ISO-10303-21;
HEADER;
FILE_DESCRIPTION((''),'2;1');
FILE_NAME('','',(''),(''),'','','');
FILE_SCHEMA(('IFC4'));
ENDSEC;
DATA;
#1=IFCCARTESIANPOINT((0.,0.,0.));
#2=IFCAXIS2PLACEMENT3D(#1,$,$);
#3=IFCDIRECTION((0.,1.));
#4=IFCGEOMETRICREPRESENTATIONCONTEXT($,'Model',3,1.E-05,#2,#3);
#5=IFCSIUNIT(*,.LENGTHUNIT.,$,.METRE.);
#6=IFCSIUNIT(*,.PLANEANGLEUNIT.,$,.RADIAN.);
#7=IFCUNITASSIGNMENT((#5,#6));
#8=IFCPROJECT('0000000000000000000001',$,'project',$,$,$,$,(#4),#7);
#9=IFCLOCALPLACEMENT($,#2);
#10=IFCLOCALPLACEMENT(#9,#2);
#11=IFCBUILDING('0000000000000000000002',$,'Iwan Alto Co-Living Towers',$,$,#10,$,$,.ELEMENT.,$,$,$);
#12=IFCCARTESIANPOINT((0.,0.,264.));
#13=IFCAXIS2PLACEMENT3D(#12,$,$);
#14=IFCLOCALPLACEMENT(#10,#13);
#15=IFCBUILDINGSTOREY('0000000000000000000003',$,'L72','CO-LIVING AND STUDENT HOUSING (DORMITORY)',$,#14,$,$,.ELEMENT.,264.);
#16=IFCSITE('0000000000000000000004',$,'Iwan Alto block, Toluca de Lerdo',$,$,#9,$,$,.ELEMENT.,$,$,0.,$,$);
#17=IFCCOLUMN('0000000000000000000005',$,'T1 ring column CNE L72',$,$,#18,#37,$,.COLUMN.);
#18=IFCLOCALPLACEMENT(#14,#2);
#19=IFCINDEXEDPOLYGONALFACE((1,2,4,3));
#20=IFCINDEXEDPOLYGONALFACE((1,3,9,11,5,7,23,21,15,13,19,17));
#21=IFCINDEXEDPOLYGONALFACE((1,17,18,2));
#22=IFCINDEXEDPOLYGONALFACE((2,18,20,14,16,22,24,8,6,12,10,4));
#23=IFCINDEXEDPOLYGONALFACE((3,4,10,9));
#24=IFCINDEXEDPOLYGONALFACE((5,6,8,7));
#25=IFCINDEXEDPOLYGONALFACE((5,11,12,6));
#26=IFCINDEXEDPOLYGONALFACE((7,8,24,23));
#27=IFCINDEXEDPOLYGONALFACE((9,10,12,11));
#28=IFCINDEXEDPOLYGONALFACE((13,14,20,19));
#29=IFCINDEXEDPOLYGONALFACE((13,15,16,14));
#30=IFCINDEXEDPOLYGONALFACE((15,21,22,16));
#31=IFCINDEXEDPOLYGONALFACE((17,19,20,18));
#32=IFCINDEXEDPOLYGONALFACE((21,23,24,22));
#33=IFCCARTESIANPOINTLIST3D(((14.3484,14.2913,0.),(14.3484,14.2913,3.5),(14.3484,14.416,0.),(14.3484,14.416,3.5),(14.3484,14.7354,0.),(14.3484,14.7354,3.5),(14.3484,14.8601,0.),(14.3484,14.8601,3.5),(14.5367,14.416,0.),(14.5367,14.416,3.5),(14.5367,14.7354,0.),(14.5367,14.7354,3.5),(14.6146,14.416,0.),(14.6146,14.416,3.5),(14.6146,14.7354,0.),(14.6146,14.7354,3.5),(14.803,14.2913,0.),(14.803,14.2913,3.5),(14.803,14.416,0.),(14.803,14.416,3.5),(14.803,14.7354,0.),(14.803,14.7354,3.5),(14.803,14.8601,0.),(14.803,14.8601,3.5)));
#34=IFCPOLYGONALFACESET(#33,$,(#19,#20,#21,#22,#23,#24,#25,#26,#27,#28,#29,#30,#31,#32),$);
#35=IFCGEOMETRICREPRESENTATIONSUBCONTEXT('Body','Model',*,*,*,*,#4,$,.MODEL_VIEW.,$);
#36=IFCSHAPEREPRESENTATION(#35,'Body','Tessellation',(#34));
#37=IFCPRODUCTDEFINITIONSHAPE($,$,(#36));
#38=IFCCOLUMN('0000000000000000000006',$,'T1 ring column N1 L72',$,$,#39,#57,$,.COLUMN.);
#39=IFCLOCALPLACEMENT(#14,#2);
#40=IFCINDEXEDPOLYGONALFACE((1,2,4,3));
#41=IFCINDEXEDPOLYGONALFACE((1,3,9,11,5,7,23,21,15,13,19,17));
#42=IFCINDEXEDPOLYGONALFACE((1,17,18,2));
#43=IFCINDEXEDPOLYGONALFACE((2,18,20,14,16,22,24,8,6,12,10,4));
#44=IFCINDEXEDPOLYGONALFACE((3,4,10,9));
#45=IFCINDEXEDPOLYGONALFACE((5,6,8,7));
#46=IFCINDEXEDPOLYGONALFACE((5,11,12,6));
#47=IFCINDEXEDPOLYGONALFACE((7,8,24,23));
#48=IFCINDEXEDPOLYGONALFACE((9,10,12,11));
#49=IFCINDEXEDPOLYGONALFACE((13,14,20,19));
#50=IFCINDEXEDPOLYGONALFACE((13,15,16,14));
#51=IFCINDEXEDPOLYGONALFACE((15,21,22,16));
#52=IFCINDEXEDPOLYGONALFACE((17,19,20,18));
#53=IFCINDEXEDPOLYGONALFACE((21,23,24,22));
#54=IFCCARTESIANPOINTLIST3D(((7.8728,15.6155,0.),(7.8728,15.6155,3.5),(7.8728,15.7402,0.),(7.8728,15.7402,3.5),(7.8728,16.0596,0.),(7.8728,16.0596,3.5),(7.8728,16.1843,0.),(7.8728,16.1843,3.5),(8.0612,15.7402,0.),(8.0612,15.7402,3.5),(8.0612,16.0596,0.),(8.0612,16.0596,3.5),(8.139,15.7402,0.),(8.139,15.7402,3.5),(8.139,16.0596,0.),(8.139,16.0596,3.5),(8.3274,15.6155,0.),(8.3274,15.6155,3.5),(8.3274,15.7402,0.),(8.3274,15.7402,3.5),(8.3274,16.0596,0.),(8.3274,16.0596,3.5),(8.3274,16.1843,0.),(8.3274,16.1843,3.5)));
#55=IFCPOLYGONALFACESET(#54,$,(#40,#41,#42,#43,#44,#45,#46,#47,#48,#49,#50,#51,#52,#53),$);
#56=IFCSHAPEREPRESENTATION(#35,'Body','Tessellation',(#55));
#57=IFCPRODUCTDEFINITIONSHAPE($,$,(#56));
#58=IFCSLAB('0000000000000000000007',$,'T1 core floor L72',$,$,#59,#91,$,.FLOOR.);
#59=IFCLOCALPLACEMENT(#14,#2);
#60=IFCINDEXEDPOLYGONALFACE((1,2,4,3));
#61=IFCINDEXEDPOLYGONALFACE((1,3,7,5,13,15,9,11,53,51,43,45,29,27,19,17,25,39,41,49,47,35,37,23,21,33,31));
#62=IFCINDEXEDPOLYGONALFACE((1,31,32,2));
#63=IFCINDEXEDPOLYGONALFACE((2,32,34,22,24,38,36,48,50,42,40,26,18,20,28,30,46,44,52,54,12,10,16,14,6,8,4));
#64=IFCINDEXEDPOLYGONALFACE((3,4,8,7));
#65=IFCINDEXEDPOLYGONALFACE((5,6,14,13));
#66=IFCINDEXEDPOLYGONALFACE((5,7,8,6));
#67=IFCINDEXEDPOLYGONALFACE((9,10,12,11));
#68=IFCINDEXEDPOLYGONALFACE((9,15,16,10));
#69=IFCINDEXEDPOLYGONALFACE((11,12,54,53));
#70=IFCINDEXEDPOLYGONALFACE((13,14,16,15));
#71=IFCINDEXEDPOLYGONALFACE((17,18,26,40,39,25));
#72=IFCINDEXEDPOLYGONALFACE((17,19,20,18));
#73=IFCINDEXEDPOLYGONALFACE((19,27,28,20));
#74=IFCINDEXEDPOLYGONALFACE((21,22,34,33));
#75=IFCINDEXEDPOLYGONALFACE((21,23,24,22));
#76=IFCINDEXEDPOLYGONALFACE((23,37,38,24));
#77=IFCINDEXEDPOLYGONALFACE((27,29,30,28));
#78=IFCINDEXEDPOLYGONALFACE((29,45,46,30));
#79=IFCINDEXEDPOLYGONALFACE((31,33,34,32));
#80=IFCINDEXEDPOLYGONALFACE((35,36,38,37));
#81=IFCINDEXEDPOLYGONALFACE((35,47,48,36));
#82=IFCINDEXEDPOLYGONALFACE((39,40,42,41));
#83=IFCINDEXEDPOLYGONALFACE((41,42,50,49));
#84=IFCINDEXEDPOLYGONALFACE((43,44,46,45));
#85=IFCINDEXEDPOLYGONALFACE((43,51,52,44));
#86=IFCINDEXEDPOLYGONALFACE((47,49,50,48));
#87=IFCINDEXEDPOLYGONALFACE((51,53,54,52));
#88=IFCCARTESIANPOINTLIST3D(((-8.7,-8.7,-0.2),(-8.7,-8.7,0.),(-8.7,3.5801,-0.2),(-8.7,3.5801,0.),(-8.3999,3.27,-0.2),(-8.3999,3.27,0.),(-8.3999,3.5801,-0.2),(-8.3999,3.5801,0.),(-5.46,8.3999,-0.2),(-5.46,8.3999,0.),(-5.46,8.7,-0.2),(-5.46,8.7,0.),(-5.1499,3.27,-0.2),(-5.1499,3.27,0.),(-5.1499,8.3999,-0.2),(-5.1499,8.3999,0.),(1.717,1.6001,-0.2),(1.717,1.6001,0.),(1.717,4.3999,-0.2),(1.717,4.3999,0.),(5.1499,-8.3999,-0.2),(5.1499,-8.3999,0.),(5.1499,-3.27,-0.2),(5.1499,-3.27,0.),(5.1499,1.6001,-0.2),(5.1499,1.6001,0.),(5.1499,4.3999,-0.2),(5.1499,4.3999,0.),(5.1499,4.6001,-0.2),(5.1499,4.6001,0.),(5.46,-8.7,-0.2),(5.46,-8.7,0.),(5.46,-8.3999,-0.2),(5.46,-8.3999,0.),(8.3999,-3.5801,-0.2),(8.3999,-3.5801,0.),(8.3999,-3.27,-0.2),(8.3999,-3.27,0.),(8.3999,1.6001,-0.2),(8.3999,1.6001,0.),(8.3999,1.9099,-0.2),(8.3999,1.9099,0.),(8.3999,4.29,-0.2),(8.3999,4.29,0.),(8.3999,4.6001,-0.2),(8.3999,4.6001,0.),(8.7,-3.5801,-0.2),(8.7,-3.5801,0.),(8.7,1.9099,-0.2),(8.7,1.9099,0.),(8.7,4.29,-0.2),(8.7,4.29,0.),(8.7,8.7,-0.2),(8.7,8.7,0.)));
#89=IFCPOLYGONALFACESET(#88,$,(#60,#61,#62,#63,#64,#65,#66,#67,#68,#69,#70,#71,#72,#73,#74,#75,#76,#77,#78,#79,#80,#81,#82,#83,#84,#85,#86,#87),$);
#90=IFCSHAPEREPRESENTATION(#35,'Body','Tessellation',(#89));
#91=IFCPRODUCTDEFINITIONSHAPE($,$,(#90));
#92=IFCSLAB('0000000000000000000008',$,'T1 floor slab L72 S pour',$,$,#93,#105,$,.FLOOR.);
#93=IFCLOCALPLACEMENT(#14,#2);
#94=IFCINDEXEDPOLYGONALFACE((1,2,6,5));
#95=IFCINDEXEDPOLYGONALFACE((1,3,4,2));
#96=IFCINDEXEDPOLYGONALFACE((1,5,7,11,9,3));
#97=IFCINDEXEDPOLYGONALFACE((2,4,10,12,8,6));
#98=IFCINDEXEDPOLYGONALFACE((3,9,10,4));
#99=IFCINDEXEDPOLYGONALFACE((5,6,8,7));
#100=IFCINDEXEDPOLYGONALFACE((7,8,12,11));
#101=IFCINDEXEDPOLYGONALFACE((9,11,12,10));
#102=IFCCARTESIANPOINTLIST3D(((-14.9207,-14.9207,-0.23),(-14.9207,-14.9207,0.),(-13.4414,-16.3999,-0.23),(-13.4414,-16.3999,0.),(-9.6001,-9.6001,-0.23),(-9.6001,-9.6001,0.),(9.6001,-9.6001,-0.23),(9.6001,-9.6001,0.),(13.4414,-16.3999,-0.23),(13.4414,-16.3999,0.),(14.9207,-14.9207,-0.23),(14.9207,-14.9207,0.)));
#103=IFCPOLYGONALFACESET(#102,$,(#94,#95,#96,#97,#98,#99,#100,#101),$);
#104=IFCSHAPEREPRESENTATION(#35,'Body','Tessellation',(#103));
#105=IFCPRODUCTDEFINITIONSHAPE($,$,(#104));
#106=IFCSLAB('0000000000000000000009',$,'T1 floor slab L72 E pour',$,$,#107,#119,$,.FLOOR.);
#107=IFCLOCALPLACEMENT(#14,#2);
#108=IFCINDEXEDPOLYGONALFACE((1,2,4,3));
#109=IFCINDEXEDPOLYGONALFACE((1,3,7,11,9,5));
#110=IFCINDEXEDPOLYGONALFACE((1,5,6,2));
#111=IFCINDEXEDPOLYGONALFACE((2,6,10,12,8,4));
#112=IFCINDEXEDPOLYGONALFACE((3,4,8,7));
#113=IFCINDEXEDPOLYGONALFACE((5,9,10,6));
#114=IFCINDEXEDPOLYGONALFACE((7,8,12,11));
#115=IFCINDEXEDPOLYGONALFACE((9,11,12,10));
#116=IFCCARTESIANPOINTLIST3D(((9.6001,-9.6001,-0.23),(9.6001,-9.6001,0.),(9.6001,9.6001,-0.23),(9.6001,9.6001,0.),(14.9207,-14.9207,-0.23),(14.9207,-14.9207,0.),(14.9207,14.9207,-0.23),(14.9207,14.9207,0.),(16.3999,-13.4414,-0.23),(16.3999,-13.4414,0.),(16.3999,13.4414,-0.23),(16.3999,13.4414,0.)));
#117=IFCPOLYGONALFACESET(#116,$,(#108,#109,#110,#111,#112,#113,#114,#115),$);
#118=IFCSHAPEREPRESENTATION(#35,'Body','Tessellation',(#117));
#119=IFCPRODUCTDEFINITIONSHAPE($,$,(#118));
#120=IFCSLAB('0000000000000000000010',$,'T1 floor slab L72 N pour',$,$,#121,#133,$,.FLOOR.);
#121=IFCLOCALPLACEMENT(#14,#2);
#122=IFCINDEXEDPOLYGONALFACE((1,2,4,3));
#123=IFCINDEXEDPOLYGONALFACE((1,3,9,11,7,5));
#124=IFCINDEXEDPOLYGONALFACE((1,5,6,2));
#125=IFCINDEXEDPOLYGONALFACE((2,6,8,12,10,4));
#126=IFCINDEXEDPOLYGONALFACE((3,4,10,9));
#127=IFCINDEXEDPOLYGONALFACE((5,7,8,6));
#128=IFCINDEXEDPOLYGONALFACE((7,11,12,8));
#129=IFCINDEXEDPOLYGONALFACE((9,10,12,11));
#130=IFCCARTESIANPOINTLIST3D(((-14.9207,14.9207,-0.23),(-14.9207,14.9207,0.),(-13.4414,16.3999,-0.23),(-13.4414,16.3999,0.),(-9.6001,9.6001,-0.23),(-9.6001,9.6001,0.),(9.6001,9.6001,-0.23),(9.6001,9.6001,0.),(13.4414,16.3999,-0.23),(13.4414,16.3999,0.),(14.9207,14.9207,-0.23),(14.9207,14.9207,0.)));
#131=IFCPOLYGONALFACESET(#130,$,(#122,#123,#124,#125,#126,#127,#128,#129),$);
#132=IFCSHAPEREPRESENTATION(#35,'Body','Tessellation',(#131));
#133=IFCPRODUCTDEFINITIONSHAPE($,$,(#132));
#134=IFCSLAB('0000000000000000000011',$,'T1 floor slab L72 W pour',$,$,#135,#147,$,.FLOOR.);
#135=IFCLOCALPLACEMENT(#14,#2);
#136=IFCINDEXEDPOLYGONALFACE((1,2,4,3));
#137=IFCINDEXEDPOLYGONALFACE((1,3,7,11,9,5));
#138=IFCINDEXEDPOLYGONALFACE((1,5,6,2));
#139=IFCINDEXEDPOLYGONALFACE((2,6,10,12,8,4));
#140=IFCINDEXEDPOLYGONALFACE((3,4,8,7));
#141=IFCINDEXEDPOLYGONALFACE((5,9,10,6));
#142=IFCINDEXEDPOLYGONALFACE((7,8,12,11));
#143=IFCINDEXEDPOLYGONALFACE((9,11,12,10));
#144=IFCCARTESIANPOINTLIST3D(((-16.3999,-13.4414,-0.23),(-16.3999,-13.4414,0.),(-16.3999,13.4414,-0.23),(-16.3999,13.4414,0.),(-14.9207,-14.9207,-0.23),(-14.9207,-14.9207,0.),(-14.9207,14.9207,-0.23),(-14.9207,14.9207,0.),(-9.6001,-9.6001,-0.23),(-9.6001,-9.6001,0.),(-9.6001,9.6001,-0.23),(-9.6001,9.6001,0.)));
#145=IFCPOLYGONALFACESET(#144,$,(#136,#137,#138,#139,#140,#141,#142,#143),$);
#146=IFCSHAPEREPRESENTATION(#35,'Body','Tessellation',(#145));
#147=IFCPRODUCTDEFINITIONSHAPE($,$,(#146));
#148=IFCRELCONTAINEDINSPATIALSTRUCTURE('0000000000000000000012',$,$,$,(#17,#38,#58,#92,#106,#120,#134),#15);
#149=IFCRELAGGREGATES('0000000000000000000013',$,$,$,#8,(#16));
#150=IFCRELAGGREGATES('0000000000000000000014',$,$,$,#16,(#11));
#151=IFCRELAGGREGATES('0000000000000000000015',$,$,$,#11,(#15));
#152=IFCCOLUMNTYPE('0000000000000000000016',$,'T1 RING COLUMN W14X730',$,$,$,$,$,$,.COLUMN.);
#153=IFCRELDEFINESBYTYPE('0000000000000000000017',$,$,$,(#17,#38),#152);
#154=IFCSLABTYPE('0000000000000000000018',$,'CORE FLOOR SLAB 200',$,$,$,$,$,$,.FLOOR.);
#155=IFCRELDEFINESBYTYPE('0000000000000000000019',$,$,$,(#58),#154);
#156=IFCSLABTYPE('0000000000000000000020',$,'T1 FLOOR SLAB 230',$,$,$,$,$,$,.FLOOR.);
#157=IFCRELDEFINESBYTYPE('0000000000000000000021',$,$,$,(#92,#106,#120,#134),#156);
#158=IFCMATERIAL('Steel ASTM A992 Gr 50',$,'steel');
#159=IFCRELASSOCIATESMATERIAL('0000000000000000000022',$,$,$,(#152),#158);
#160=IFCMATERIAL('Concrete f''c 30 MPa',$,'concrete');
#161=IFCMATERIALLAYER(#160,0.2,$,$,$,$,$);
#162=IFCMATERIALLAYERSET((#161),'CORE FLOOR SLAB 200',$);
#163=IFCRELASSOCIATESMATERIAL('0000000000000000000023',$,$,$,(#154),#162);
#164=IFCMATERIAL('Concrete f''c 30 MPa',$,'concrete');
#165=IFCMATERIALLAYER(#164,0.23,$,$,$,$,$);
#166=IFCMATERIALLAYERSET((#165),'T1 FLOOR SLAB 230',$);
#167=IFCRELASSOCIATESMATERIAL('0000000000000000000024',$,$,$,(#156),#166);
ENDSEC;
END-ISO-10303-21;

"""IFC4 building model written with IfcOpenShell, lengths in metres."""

from ifc_helpers import new_model, si_unit, direction, frame, origin, origin_2d, place, context, subcontext, project, spatial, polyline, i_section, outline, extrude, material, layer, layer_set, material_profile, profile_set, type_object, element, save


model = new_model("IFC4")

# Units and contexts
model_context = context("Model", 3, precision=1e-05, world=origin(), true_north=direction((0.0, 1.0)))
body_context = subcontext(model_context, "Body", "Model", "MODEL_VIEW")
ifc_project = project(units=[si_unit("LENGTHUNIT", "METRE"), si_unit("PLANEANGLEUNIT", "RADIAN")], contexts=[model_context])

# Site, building, storey
site_placement = place(None, origin())
site = spatial("IfcSite", under=ifc_project, at=site_placement, Name="Iwan Alto block, Toluca de Lerdo", CompositionType="ELEMENT", RefElevation=0.0)
building_placement = place(site_placement, origin())
building = spatial("IfcBuilding", under=site, at=building_placement, Name="Iwan Alto Co-Living Towers", CompositionType="ELEMENT")
storey_placement = place(building_placement, frame((0.0, 0.0, 264.0)))
storey = spatial("IfcBuildingStorey", under=building, at=storey_placement, Name="L72", Description="CO-LIVING AND STUDENT HOUSING (DORMITORY)", CompositionType="ELEMENT", Elevation=264.0)

# Columns
ifc_material_1 = material(Name="Steel ASTM A992 Gr 50", Category="steel")
ifc_material_profile = material_profile(ifc_material_1, i_section(OverallWidth=0.4546, OverallDepth=0.5688, WebThickness=0.0779, FlangeThickness=0.1248, at=origin_2d()), Name="W14X730")
ifc_profile_set = profile_set([ifc_material_profile], Name="Steel ASTM A992 Gr 50")
column_type = type_object("IfcColumnType", Name="T1 RING COLUMN W14X730", PredefinedType="COLUMN", material=ifc_profile_set)
for number, where, z_axis, x_axis, name in (
    (1, (14.5757, 14.5757, 0.0), (0.0, 0.0, 1.0), (1.0, 0.0, 0.0), "T1 ring column CNE L72"),
    (2, (8.1001, 15.8999, 0.0), (0.0, 0.0, 1.0), (1.0, 0.0, 0.0), "T1 ring column N1 L72"),
):
    element("IfcColumn", number, at=place(storey_placement, frame(where, z_axis=z_axis, x_axis=x_axis)), inside=storey, type_object=column_type, Name=name, PredefinedType="COLUMN", context=body_context, shape_type="SweptSolid", body=[
        extrude(i_section(OverallWidth=0.4546, OverallDepth=0.5688, WebThickness=0.0779, FlangeThickness=0.1248, at=origin_2d()), origin(), (0.0, 0.0, 1.0), 3.5),
    ])

# Slabs
ifc_material_2 = material(Name="Concrete f'c 30 MPa", Category="concrete")
ifc_layer_1 = layer(ifc_material_2, 0.2)
ifc_layer_set_1 = layer_set([ifc_layer_1], Name="CORE FLOOR SLAB 200")
slab_type_1 = type_object("IfcSlabType", Name="CORE FLOOR SLAB 200", PredefinedType="FLOOR", material=ifc_layer_set_1)
slab_1_placement = place(storey_placement, frame((0.0, 0.0, -0.2)))
element("IfcSlab", 3, at=slab_1_placement, inside=storey, type_object=slab_type_1, Name="T1 core floor L72", PredefinedType="FLOOR", context=body_context, shape_type="SweptSolid", body=[
    extrude(outline(polyline([(-8.7, 3.5801), (-8.3999, 3.5801), (-8.3999, 3.27), (-5.1499, 3.27), (-5.1499, 8.3999), (-5.46, 8.3999), (-5.46, 8.7), (8.7, 8.7), (8.7, 4.29), (8.3999, 4.29), (8.3999, 4.6001), (5.1499, 4.6001), (5.1499, 4.3999), (1.717, 4.3999), (1.717, 1.6001), (5.1499, 1.6001), (8.3999, 1.6001), (8.3999, 1.9099), (8.7, 1.9099), (8.7, -3.5801), (8.3999, -3.5801), (8.3999, -3.27), (5.1499, -3.27), (5.1499, -8.3999), (5.46, -8.3999), (5.46, -8.7), (-8.7, -8.7), (-8.7, 3.5801)])), origin(), (0.0, 0.0, 1.0), 0.2),
])
ifc_material_3 = material(Name="Concrete f'c 30 MPa", Category="concrete")
ifc_layer_2 = layer(ifc_material_3, 0.23)
ifc_layer_set_2 = layer_set([ifc_layer_2], Name="T1 FLOOR SLAB 230")
slab_type_2 = type_object("IfcSlabType", Name="T1 FLOOR SLAB 230", PredefinedType="FLOOR", material=ifc_layer_set_2)
slab_2_placement = place(storey_placement, frame((0.0, 0.0, -0.23)))
element("IfcSlab", 4, at=slab_2_placement, inside=storey, type_object=slab_type_2, Name="T1 floor slab L72 S pour", PredefinedType="FLOOR", context=body_context, shape_type="SweptSolid", body=[
    extrude(outline(polyline([(13.4414, -16.3999), (-13.4414, -16.3999), (-14.9207, -14.9207), (-9.6001, -9.6001), (9.6001, -9.6001), (14.9207, -14.9207), (13.4414, -16.3999)])), origin(), (0.0, 0.0, 1.0), 0.23),
])
slab_3_placement = place(storey_placement, frame((0.0, 0.0, -0.23)))
element("IfcSlab", 5, at=slab_3_placement, inside=storey, type_object=slab_type_2, Name="T1 floor slab L72 E pour", PredefinedType="FLOOR", context=body_context, shape_type="SweptSolid", body=[
    extrude(outline(polyline([(16.3999, 13.4414), (16.3999, -13.4414), (14.9207, -14.9207), (9.6001, -9.6001), (9.6001, 9.6001), (14.9207, 14.9207), (16.3999, 13.4414)])), origin(), (0.0, 0.0, 1.0), 0.23),
])
slab_4_placement = place(storey_placement, frame((0.0, 0.0, -0.23)))
element("IfcSlab", 6, at=slab_4_placement, inside=storey, type_object=slab_type_2, Name="T1 floor slab L72 N pour", PredefinedType="FLOOR", context=body_context, shape_type="SweptSolid", body=[
    extrude(outline(polyline([(-13.4414, 16.3999), (13.4414, 16.3999), (14.9207, 14.9207), (9.6001, 9.6001), (-9.6001, 9.6001), (-14.9207, 14.9207), (-13.4414, 16.3999)])), origin(), (0.0, 0.0, 1.0), 0.23),
])
slab_5_placement = place(storey_placement, frame((0.0, 0.0, -0.23)))
element("IfcSlab", 7, at=slab_5_placement, inside=storey, type_object=slab_type_2, Name="T1 floor slab L72 W pour", PredefinedType="FLOOR", context=body_context, shape_type="SweptSolid", body=[
    extrude(outline(polyline([(-16.3999, 13.4414), (-14.9207, 14.9207), (-9.6001, 9.6001), (-9.6001, -9.6001), (-14.9207, -14.9207), (-16.3999, -13.4414), (-16.3999, 13.4414)])), origin(), (0.0, 0.0, 1.0), 0.23),
])

save(model, "model.ifc")
